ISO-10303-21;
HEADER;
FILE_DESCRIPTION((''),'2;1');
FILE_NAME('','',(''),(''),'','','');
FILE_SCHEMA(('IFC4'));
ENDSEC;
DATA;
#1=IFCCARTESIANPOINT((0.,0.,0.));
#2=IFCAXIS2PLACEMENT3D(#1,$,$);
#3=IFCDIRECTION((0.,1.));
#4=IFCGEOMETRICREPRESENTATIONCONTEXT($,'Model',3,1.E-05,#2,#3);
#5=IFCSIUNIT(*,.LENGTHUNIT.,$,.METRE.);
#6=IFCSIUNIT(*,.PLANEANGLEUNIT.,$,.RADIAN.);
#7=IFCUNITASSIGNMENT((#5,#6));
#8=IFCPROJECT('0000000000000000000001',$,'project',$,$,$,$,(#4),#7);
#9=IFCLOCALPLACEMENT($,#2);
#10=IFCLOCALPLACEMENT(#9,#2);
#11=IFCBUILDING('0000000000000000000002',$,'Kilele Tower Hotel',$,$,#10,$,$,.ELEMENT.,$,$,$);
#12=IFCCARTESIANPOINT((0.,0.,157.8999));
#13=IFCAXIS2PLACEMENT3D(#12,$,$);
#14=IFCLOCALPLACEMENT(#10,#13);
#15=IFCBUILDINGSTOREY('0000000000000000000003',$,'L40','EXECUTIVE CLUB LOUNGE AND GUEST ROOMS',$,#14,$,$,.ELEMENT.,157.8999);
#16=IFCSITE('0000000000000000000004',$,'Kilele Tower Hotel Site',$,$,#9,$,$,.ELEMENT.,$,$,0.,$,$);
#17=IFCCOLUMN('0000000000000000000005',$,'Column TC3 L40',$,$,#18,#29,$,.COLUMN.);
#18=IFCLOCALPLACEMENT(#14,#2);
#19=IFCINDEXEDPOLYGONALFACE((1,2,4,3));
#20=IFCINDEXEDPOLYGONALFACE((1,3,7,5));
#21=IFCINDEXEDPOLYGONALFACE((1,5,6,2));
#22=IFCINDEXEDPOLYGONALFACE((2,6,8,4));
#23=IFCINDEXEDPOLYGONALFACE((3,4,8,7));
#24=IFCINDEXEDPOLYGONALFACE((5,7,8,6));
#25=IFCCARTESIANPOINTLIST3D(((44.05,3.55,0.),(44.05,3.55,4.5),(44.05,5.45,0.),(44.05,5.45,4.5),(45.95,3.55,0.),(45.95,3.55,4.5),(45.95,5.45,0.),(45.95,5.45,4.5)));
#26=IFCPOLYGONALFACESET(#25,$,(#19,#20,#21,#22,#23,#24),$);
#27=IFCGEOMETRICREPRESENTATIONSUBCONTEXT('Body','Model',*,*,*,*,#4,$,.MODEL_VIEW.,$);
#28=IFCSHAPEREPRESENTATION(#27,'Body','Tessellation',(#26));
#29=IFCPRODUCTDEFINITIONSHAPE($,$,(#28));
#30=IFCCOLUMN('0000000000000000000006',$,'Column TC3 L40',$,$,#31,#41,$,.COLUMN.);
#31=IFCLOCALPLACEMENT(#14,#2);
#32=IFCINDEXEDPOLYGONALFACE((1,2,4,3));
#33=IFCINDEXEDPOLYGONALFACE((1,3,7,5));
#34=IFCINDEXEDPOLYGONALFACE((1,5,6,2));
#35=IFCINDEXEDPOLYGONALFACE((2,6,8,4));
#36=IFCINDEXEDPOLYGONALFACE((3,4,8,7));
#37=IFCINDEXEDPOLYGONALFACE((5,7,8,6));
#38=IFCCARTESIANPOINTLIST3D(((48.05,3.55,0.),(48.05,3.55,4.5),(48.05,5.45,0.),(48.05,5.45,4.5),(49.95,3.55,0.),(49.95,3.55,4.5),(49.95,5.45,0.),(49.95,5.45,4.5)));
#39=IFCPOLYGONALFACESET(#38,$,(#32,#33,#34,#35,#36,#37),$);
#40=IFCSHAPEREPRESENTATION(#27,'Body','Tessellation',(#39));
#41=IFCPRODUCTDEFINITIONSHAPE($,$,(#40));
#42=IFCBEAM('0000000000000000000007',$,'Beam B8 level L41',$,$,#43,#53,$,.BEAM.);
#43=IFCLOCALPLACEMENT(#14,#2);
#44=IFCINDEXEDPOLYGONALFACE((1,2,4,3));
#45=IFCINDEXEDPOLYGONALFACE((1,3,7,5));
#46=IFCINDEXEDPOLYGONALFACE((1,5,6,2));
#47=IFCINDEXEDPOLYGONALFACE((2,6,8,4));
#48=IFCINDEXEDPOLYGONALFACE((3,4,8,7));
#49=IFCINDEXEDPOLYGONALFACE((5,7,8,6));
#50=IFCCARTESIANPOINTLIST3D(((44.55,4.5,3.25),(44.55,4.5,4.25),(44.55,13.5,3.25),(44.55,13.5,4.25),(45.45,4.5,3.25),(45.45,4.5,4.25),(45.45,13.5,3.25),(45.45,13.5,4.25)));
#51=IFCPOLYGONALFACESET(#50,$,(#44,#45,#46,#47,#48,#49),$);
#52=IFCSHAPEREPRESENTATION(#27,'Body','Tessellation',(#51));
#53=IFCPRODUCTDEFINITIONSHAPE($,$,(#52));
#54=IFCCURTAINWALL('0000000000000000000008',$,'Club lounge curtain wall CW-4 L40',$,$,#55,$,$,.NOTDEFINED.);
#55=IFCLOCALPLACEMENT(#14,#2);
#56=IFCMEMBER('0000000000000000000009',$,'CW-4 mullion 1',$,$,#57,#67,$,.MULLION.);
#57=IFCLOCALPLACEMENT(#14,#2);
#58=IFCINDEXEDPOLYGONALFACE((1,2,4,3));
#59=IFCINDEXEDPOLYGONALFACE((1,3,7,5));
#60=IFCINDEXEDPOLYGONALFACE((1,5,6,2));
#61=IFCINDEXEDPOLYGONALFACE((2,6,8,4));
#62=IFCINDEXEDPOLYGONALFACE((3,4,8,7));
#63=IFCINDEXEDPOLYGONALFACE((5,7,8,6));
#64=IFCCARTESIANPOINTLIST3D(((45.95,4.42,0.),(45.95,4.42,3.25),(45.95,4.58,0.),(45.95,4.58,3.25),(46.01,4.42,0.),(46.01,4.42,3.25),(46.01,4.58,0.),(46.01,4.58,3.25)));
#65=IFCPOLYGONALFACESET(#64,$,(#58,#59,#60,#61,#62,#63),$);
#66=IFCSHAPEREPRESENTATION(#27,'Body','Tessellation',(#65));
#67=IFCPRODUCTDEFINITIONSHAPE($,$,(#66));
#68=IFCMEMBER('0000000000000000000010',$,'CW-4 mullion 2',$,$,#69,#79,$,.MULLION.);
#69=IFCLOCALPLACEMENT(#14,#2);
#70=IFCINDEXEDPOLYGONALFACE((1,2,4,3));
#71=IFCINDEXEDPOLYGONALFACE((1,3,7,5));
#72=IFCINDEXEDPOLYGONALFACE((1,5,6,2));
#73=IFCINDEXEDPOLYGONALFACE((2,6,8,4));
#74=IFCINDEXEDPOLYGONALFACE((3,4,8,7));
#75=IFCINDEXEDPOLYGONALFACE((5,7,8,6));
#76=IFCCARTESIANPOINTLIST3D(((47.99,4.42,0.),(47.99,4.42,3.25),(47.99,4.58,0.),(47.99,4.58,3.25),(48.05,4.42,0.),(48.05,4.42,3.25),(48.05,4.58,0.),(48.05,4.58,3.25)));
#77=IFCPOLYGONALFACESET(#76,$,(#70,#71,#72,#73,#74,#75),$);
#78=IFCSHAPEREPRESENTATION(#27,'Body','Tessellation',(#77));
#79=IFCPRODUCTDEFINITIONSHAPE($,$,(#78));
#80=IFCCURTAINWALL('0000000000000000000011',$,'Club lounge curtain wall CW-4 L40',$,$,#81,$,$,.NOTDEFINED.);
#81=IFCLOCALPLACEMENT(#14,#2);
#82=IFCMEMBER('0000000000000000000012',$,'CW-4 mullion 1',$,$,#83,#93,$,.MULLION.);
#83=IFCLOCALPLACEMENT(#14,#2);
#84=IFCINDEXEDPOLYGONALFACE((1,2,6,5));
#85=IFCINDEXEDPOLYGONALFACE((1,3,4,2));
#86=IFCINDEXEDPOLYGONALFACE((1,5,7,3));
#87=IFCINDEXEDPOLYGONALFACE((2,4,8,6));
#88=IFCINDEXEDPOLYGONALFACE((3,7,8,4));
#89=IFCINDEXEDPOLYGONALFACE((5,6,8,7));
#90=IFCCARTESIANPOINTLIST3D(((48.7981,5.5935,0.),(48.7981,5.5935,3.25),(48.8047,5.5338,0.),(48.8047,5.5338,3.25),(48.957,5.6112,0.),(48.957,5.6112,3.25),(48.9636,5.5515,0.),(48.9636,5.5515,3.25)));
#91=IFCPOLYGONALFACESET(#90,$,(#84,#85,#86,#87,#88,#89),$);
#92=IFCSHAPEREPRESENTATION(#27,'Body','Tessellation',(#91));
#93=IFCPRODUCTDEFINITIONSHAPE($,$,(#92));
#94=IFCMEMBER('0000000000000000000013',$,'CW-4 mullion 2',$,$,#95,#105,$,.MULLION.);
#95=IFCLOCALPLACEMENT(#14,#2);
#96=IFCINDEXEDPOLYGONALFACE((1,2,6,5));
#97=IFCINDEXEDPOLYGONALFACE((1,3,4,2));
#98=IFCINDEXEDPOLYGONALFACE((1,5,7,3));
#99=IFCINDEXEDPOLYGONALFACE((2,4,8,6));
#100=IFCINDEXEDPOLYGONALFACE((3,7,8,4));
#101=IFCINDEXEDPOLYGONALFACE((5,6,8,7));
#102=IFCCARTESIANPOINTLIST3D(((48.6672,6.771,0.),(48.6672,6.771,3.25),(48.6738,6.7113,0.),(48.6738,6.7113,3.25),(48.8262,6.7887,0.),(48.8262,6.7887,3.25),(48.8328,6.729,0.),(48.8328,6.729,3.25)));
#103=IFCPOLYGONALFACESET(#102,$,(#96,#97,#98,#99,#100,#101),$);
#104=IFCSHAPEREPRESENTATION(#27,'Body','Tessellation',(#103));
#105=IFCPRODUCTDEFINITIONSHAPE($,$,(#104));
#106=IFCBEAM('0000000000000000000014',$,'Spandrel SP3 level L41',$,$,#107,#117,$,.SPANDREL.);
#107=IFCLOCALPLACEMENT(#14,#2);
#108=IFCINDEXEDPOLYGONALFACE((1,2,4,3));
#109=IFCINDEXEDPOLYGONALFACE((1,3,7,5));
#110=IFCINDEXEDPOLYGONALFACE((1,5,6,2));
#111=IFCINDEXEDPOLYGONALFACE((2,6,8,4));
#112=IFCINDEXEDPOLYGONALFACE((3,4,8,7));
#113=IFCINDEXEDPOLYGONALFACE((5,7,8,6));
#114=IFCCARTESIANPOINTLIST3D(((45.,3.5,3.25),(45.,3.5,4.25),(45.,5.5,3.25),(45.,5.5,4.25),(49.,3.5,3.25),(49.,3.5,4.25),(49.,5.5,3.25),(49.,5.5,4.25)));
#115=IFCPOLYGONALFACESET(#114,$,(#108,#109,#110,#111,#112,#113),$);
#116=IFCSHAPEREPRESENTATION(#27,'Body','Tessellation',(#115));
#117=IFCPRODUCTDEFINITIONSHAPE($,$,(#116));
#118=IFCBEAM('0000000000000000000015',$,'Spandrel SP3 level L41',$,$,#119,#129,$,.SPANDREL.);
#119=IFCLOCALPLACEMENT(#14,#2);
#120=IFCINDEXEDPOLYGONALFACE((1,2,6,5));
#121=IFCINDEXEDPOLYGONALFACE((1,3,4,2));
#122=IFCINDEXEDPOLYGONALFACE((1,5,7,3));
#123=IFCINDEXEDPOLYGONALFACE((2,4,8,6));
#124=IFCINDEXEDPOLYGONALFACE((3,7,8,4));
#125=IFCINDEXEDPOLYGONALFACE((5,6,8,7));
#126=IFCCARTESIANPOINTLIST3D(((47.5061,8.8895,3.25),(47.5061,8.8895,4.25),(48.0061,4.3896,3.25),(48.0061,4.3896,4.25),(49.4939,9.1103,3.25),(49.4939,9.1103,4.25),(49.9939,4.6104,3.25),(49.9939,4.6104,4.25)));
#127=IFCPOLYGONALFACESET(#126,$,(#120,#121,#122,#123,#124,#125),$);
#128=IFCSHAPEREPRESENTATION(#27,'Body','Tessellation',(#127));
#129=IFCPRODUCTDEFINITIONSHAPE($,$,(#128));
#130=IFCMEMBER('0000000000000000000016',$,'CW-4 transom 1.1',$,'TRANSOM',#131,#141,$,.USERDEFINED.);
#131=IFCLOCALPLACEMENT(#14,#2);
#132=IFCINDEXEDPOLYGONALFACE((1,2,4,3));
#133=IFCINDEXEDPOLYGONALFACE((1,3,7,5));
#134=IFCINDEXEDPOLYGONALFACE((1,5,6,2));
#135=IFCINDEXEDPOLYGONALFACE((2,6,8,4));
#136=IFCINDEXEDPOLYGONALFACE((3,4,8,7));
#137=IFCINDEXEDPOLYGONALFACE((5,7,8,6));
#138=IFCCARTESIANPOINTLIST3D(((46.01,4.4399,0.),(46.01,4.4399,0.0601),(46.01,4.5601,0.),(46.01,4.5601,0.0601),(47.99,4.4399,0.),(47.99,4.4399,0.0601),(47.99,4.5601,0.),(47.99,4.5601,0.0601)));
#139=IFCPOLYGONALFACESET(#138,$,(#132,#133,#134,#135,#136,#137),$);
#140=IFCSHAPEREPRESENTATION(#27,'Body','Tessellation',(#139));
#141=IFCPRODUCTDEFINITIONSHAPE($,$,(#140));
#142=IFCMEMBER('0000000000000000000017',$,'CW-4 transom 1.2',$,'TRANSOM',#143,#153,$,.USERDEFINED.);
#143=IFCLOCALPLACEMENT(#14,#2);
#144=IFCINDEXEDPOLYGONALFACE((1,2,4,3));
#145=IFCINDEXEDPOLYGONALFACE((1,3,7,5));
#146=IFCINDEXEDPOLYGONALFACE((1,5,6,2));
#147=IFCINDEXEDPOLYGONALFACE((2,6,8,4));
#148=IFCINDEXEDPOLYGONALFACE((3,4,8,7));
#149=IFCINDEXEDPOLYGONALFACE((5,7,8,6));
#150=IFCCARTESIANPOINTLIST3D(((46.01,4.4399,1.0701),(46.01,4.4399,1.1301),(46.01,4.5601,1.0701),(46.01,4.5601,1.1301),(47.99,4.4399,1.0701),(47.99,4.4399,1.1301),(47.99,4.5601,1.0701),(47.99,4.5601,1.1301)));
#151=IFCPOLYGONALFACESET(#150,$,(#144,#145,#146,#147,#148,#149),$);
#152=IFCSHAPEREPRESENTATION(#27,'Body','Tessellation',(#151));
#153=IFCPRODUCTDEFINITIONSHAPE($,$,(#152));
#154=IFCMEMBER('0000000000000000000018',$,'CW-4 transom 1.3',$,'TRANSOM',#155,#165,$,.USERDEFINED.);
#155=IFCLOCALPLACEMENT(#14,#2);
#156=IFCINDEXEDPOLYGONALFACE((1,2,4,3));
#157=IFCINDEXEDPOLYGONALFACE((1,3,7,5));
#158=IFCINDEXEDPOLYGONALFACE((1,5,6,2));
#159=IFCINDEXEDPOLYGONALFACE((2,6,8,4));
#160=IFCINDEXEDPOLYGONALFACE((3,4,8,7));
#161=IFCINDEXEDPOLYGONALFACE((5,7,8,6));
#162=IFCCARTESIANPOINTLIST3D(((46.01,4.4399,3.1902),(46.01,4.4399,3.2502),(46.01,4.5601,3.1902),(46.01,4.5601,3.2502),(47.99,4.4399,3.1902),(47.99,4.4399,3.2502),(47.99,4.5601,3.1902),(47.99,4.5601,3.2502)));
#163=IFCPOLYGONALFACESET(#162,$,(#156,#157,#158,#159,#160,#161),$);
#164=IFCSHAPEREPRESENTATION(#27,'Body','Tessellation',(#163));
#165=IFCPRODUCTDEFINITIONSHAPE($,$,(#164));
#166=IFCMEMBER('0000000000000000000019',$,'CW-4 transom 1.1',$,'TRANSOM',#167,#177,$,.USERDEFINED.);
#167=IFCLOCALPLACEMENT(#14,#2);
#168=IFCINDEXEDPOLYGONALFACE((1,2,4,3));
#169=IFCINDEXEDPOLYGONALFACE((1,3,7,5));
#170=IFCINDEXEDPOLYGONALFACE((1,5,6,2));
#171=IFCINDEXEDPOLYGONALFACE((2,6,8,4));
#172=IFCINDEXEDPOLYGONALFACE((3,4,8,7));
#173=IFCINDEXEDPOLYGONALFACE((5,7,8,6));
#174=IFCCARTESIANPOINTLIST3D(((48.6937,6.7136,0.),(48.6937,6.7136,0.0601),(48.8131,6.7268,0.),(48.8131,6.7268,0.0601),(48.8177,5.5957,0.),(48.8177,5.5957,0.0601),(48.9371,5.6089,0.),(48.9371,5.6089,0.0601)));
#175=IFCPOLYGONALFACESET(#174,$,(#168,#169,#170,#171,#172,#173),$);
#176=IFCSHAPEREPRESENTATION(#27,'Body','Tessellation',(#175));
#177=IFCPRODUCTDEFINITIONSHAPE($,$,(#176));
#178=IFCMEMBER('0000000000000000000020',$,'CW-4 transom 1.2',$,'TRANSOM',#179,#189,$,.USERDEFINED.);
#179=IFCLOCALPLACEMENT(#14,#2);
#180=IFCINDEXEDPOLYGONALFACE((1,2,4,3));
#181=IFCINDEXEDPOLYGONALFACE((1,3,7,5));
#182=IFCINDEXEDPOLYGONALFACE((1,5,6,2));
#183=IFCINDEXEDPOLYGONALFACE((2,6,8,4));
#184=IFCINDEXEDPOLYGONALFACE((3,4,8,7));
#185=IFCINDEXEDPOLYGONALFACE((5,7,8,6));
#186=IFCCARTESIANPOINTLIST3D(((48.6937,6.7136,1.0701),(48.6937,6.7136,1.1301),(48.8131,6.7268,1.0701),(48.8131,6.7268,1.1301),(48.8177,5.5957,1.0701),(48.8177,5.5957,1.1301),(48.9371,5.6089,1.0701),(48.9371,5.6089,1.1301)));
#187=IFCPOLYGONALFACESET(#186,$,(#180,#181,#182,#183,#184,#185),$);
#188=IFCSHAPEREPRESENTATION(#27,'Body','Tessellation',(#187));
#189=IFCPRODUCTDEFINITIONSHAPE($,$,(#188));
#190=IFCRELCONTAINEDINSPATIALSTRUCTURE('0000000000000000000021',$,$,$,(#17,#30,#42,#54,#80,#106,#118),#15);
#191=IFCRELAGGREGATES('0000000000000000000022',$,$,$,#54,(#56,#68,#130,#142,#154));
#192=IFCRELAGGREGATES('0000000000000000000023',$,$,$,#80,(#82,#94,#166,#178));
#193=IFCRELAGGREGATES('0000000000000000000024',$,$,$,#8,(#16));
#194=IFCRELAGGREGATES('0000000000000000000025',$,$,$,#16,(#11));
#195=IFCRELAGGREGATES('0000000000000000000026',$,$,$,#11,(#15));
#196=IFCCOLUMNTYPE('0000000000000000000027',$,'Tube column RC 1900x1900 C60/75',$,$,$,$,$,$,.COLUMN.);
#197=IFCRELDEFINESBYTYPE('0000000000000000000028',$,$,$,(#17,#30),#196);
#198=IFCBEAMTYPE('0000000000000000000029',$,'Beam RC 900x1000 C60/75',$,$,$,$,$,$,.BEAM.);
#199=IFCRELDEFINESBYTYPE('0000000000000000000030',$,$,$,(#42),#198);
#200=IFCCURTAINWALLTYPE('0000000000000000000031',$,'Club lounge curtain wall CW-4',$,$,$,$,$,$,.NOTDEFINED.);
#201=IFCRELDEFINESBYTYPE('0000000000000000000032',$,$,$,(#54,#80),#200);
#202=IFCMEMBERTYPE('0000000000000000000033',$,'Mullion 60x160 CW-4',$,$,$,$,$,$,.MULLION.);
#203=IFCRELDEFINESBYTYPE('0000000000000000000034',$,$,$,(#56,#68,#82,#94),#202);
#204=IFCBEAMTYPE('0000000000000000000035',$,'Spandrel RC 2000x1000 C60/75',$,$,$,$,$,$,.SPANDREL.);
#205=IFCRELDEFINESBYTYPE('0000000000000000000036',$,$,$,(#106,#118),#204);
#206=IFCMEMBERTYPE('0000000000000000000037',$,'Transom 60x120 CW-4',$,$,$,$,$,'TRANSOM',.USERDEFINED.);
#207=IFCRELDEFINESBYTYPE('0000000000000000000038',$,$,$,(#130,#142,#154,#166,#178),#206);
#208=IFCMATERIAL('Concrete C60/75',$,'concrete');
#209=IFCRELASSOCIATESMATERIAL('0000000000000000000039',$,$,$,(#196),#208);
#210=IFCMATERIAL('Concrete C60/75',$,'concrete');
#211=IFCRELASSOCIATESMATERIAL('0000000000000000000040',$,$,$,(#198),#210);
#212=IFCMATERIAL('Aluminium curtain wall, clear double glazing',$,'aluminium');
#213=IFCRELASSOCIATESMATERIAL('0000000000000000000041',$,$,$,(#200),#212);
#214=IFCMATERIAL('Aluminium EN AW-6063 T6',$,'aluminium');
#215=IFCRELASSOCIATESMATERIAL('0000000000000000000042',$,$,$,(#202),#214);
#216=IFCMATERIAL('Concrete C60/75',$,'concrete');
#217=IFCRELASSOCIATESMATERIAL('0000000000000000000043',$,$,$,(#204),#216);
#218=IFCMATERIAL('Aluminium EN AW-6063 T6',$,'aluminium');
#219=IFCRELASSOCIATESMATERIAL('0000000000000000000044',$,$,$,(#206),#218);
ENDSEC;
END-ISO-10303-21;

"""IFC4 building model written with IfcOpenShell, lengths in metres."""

from ifc_helpers import new_model, si_unit, direction, frame, origin, origin_2d, place, context, subcontext, project, spatial, rectangle, extrude, material, material_profile, profile_set, type_object, element, aggregate, save


model = new_model("IFC4")

# Units and contexts
model_context = context("Model", 3, precision=1e-05, world=origin(), true_north=direction((0.0, 1.0)))
body_context = subcontext(model_context, "Body", "Model", "MODEL_VIEW")
ifc_project = project(units=[si_unit("LENGTHUNIT", "METRE"), si_unit("PLANEANGLEUNIT", "RADIAN")], contexts=[model_context])

# Site, building, storey
site_placement = place(None, origin())
site = spatial("IfcSite", under=ifc_project, at=site_placement, Name="Kilele Tower Hotel Site", CompositionType="ELEMENT", RefElevation=0.0)
building_placement = place(site_placement, origin())
building = spatial("IfcBuilding", under=site, at=building_placement, Name="Kilele Tower Hotel", CompositionType="ELEMENT")
storey_placement = place(building_placement, frame((0.0, 0.0, 157.8999)))
storey = spatial("IfcBuildingStorey", under=building, at=storey_placement, Name="L40", Description="EXECUTIVE CLUB LOUNGE AND GUEST ROOMS", CompositionType="ELEMENT", Elevation=157.8999)

# Columns
ifc_material_1 = material(Name="Concrete C60/75", Category="concrete")
ifc_material_profile_1 = material_profile(ifc_material_1, rectangle(XDim=1.8999, YDim=1.8999, at=origin_2d()))
ifc_profile_set_1 = profile_set([ifc_material_profile_1], Name="Concrete C60/75")
column_type = type_object("IfcColumnType", Name="Tube column RC 1900x1900 C60/75", PredefinedType="COLUMN", material=ifc_profile_set_1)
for number, where, z_axis, x_axis, name in (
    (1, (45.0, 4.5, 0.0), (0.0, 0.0, 1.0), (1.0, 0.0, 0.0), "Column TC3 L40"),
    (2, (49.0, 4.5, 0.0), (0.0, 0.0, 1.0), (1.0, 0.0, 0.0), "Column TC3 L40"),
):
    element("IfcColumn", number, at=place(storey_placement, frame(where, z_axis=z_axis, x_axis=x_axis)), inside=storey, type_object=column_type, Name=name, PredefinedType="COLUMN", context=body_context, shape_type="SweptSolid", body=[
        extrude(rectangle(XDim=1.8999, YDim=1.8999, at=origin_2d()), origin(), (0.0, 0.0, 1.0), 4.5),
    ])

# Beam
ifc_material_2 = material(Name="Concrete C60/75", Category="concrete")
ifc_material_profile_2 = material_profile(ifc_material_2, rectangle(XDim=0.8999, YDim=1.0, at=origin_2d()))
ifc_profile_set_2 = profile_set([ifc_material_profile_2], Name="Concrete C60/75")
beam_type_1 = type_object("IfcBeamType", Name="Beam RC 900x1000 C60/75", PredefinedType="BEAM", material=ifc_profile_set_2)
beam_1_placement = place(storey_placement, frame((45.0, 4.5, 3.75), z_axis=(0.0, 1.0, 0.0), x_axis=(-1.0, 0.0, 0.0)))
element("IfcBeam", 3, at=beam_1_placement, inside=storey, type_object=beam_type_1, Name="Beam B8 level L41", PredefinedType="BEAM", context=body_context, shape_type="SweptSolid", body=[
    extrude(rectangle(XDim=0.8999, YDim=1.0, at=origin_2d()), origin(), (0.0, 0.0, 1.0), 9.0),
])

# Curtain walls, members
ifc_material_3 = material(Name="Aluminium curtain wall, clear double glazing", Category="aluminium")
curtain_wall_type = type_object("IfcCurtainWallType", Name="Club lounge curtain wall CW-4", PredefinedType="NOTDEFINED", material=ifc_material_3)
curtain_wall_1_placement = place(storey_placement, origin())
curtain_wall_1 = element("IfcCurtainWall", 4, at=curtain_wall_1_placement, inside=storey, type_object=curtain_wall_type, Name="Club lounge curtain wall CW-4 L40", PredefinedType="NOTDEFINED")
ifc_material_4 = material(Name="Aluminium EN AW-6063 T6", Category="aluminium")
ifc_material_profile_3 = material_profile(ifc_material_4, rectangle(XDim=0.1599, YDim=0.0601, at=origin_2d()))
ifc_profile_set_3 = profile_set([ifc_material_profile_3], Name="Aluminium EN AW-6063 T6")
member_type_1 = type_object("IfcMemberType", Name="Mullion 60x160 CW-4", PredefinedType="MULLION", material=ifc_profile_set_3)
member_1_placement = place(storey_placement, frame((45.98, 4.5, 0.0), z_axis=(0.0, 0.0, 1.0), x_axis=(0.0, 1.0, 0.0)))
member_1 = element("IfcMember", 5, at=member_1_placement, type_object=member_type_1, Name="CW-4 mullion 1", PredefinedType="MULLION", context=body_context, shape_type="SweptSolid", body=[
    extrude(rectangle(XDim=0.1599, YDim=0.0601, at=origin_2d()), origin(), (0.0, 0.0, 1.0), 3.25),
])
member_2_placement = place(storey_placement, frame((48.02, 4.5, 0.0), z_axis=(0.0, 0.0, 1.0), x_axis=(0.0, 1.0, 0.0)))
member_2 = element("IfcMember", 6, at=member_2_placement, type_object=member_type_1, Name="CW-4 mullion 2", PredefinedType="MULLION", context=body_context, shape_type="SweptSolid", body=[
    extrude(rectangle(XDim=0.1599, YDim=0.0601, at=origin_2d()), origin(), (0.0, 0.0, 1.0), 3.25),
])
curtain_wall_2_placement = place(storey_placement, origin())
curtain_wall_2 = element("IfcCurtainWall", 7, at=curtain_wall_2_placement, inside=storey, type_object=curtain_wall_type, Name="Club lounge curtain wall CW-4 L40", PredefinedType="NOTDEFINED")
member_3_placement = place(storey_placement, frame((48.8809, 5.5725, 0.0), z_axis=(0.0, 0.0, 1.0), x_axis=(-0.993884, -0.110432, 0.0)))
member_3 = element("IfcMember", 8, at=member_3_placement, type_object=member_type_1, Name="CW-4 mullion 1", PredefinedType="MULLION", context=body_context, shape_type="SweptSolid", body=[
    extrude(rectangle(XDim=0.1599, YDim=0.0601, at=origin_2d()), origin(), (0.0, 0.0, 1.0), 3.25),
])
member_4_placement = place(storey_placement, frame((48.75, 6.75, 0.0), z_axis=(0.0, 0.0, 1.0), x_axis=(-0.993884, -0.110432, 0.0)))
member_4 = element("IfcMember", 9, at=member_4_placement, type_object=member_type_1, Name="CW-4 mullion 2", PredefinedType="MULLION", context=body_context, shape_type="SweptSolid", body=[
    extrude(rectangle(XDim=0.1599, YDim=0.0601, at=origin_2d()), origin(), (0.0, 0.0, 1.0), 3.25),
])

# Beams
ifc_material_5 = material(Name="Concrete C60/75", Category="concrete")
ifc_material_profile_4 = material_profile(ifc_material_5, rectangle(XDim=2.0, YDim=1.0, at=origin_2d()))
ifc_profile_set_4 = profile_set([ifc_material_profile_4], Name="Concrete C60/75")
beam_type_2 = type_object("IfcBeamType", Name="Spandrel RC 2000x1000 C60/75", PredefinedType="SPANDREL", material=ifc_profile_set_4)
beam_2_placement = place(storey_placement, frame((45.0, 4.5, 3.75), z_axis=(1.0, 0.0, 0.0), x_axis=(0.0, 1.0, 0.0)))
element("IfcBeam", 10, at=beam_2_placement, inside=storey, type_object=beam_type_2, Name="Spandrel SP3 level L41", PredefinedType="SPANDREL", context=body_context, shape_type="SweptSolid", body=[
    extrude(rectangle(XDim=2.0, YDim=1.0, at=origin_2d()), origin(), (0.0, 0.0, 1.0), 4.0),
])
beam_3_placement = place(storey_placement, frame((49.0, 4.5, 3.75), z_axis=(-0.110432, 0.993884, 0.0), x_axis=(-0.993884, -0.110432, 0.0)))
element("IfcBeam", 11, at=beam_3_placement, inside=storey, type_object=beam_type_2, Name="Spandrel SP3 level L41", PredefinedType="SPANDREL", context=body_context, shape_type="SweptSolid", body=[
    extrude(rectangle(XDim=2.0, YDim=1.0, at=origin_2d()), origin(), (0.0, 0.0, 1.0), 4.5276),
])

# Members
ifc_material_6 = material(Name="Aluminium EN AW-6063 T6", Category="aluminium")
ifc_material_profile_5 = material_profile(ifc_material_6, rectangle(XDim=0.1201, YDim=0.0601, at=origin_2d()))
ifc_profile_set_5 = profile_set([ifc_material_profile_5], Name="Aluminium EN AW-6063 T6")
member_type_2 = type_object("IfcMemberType", Name="Transom 60x120 CW-4", ElementType="TRANSOM", PredefinedType="USERDEFINED", material=ifc_profile_set_5)
member_5_placement = place(storey_placement, frame((46.01, 4.5, 0.03), z_axis=(1.0, 0.0, 0.0), x_axis=(0.0, 1.0, 0.0)))
member_5 = element("IfcMember", 12, at=member_5_placement, type_object=member_type_2, Name="CW-4 transom 1.1", ObjectType="TRANSOM", PredefinedType="USERDEFINED", context=body_context, shape_type="SweptSolid", body=[
    extrude(rectangle(XDim=0.1201, YDim=0.0601, at=origin_2d()), origin(), (0.0, 0.0, 1.0), 1.98),
])
member_6_placement = place(storey_placement, frame((46.01, 4.5, 1.1001), z_axis=(1.0, 0.0, 0.0), x_axis=(0.0, 1.0, 0.0)))
member_6 = element("IfcMember", 13, at=member_6_placement, type_object=member_type_2, Name="CW-4 transom 1.2", ObjectType="TRANSOM", PredefinedType="USERDEFINED", context=body_context, shape_type="SweptSolid", body=[
    extrude(rectangle(XDim=0.1201, YDim=0.0601, at=origin_2d()), origin(), (0.0, 0.0, 1.0), 1.98),
])
member_7_placement = place(storey_placement, frame((46.01, 4.5, 3.2202), z_axis=(1.0, 0.0, 0.0), x_axis=(0.0, 1.0, 0.0)))
member_7 = element("IfcMember", 14, at=member_7_placement, type_object=member_type_2, Name="CW-4 transom 1.3", ObjectType="TRANSOM", PredefinedType="USERDEFINED", context=body_context, shape_type="SweptSolid", body=[
    extrude(rectangle(XDim=0.1201, YDim=0.0601, at=origin_2d()), origin(), (0.0, 0.0, 1.0), 1.98),
])
member_8_placement = place(storey_placement, frame((48.8774, 5.6023, 0.03), z_axis=(-0.110265, 0.993902, 0.0), x_axis=(-0.993902, -0.110265, 0.0)))
member_8 = element("IfcMember", 15, at=member_8_placement, type_object=member_type_2, Name="CW-4 transom 1.1", ObjectType="TRANSOM", PredefinedType="USERDEFINED", context=body_context, shape_type="SweptSolid", body=[
    extrude(rectangle(XDim=0.1201, YDim=0.0601, at=origin_2d()), origin(), (0.0, 0.0, 1.0), 1.1248),
])
member_9_placement = place(storey_placement, frame((48.8774, 5.6023, 1.1001), z_axis=(-0.110265, 0.993902, 0.0), x_axis=(-0.993902, -0.110265, 0.0)))
member_9 = element("IfcMember", 16, at=member_9_placement, type_object=member_type_2, Name="CW-4 transom 1.2", ObjectType="TRANSOM", PredefinedType="USERDEFINED", context=body_context, shape_type="SweptSolid", body=[
    extrude(rectangle(XDim=0.1201, YDim=0.0601, at=origin_2d()), origin(), (0.0, 0.0, 1.0), 1.1248),
])

aggregate(curtain_wall_1, [member_1, member_2, member_5, member_6, member_7])
aggregate(curtain_wall_2, [member_3, member_4, member_8, member_9])

save(model, "model.ifc")
